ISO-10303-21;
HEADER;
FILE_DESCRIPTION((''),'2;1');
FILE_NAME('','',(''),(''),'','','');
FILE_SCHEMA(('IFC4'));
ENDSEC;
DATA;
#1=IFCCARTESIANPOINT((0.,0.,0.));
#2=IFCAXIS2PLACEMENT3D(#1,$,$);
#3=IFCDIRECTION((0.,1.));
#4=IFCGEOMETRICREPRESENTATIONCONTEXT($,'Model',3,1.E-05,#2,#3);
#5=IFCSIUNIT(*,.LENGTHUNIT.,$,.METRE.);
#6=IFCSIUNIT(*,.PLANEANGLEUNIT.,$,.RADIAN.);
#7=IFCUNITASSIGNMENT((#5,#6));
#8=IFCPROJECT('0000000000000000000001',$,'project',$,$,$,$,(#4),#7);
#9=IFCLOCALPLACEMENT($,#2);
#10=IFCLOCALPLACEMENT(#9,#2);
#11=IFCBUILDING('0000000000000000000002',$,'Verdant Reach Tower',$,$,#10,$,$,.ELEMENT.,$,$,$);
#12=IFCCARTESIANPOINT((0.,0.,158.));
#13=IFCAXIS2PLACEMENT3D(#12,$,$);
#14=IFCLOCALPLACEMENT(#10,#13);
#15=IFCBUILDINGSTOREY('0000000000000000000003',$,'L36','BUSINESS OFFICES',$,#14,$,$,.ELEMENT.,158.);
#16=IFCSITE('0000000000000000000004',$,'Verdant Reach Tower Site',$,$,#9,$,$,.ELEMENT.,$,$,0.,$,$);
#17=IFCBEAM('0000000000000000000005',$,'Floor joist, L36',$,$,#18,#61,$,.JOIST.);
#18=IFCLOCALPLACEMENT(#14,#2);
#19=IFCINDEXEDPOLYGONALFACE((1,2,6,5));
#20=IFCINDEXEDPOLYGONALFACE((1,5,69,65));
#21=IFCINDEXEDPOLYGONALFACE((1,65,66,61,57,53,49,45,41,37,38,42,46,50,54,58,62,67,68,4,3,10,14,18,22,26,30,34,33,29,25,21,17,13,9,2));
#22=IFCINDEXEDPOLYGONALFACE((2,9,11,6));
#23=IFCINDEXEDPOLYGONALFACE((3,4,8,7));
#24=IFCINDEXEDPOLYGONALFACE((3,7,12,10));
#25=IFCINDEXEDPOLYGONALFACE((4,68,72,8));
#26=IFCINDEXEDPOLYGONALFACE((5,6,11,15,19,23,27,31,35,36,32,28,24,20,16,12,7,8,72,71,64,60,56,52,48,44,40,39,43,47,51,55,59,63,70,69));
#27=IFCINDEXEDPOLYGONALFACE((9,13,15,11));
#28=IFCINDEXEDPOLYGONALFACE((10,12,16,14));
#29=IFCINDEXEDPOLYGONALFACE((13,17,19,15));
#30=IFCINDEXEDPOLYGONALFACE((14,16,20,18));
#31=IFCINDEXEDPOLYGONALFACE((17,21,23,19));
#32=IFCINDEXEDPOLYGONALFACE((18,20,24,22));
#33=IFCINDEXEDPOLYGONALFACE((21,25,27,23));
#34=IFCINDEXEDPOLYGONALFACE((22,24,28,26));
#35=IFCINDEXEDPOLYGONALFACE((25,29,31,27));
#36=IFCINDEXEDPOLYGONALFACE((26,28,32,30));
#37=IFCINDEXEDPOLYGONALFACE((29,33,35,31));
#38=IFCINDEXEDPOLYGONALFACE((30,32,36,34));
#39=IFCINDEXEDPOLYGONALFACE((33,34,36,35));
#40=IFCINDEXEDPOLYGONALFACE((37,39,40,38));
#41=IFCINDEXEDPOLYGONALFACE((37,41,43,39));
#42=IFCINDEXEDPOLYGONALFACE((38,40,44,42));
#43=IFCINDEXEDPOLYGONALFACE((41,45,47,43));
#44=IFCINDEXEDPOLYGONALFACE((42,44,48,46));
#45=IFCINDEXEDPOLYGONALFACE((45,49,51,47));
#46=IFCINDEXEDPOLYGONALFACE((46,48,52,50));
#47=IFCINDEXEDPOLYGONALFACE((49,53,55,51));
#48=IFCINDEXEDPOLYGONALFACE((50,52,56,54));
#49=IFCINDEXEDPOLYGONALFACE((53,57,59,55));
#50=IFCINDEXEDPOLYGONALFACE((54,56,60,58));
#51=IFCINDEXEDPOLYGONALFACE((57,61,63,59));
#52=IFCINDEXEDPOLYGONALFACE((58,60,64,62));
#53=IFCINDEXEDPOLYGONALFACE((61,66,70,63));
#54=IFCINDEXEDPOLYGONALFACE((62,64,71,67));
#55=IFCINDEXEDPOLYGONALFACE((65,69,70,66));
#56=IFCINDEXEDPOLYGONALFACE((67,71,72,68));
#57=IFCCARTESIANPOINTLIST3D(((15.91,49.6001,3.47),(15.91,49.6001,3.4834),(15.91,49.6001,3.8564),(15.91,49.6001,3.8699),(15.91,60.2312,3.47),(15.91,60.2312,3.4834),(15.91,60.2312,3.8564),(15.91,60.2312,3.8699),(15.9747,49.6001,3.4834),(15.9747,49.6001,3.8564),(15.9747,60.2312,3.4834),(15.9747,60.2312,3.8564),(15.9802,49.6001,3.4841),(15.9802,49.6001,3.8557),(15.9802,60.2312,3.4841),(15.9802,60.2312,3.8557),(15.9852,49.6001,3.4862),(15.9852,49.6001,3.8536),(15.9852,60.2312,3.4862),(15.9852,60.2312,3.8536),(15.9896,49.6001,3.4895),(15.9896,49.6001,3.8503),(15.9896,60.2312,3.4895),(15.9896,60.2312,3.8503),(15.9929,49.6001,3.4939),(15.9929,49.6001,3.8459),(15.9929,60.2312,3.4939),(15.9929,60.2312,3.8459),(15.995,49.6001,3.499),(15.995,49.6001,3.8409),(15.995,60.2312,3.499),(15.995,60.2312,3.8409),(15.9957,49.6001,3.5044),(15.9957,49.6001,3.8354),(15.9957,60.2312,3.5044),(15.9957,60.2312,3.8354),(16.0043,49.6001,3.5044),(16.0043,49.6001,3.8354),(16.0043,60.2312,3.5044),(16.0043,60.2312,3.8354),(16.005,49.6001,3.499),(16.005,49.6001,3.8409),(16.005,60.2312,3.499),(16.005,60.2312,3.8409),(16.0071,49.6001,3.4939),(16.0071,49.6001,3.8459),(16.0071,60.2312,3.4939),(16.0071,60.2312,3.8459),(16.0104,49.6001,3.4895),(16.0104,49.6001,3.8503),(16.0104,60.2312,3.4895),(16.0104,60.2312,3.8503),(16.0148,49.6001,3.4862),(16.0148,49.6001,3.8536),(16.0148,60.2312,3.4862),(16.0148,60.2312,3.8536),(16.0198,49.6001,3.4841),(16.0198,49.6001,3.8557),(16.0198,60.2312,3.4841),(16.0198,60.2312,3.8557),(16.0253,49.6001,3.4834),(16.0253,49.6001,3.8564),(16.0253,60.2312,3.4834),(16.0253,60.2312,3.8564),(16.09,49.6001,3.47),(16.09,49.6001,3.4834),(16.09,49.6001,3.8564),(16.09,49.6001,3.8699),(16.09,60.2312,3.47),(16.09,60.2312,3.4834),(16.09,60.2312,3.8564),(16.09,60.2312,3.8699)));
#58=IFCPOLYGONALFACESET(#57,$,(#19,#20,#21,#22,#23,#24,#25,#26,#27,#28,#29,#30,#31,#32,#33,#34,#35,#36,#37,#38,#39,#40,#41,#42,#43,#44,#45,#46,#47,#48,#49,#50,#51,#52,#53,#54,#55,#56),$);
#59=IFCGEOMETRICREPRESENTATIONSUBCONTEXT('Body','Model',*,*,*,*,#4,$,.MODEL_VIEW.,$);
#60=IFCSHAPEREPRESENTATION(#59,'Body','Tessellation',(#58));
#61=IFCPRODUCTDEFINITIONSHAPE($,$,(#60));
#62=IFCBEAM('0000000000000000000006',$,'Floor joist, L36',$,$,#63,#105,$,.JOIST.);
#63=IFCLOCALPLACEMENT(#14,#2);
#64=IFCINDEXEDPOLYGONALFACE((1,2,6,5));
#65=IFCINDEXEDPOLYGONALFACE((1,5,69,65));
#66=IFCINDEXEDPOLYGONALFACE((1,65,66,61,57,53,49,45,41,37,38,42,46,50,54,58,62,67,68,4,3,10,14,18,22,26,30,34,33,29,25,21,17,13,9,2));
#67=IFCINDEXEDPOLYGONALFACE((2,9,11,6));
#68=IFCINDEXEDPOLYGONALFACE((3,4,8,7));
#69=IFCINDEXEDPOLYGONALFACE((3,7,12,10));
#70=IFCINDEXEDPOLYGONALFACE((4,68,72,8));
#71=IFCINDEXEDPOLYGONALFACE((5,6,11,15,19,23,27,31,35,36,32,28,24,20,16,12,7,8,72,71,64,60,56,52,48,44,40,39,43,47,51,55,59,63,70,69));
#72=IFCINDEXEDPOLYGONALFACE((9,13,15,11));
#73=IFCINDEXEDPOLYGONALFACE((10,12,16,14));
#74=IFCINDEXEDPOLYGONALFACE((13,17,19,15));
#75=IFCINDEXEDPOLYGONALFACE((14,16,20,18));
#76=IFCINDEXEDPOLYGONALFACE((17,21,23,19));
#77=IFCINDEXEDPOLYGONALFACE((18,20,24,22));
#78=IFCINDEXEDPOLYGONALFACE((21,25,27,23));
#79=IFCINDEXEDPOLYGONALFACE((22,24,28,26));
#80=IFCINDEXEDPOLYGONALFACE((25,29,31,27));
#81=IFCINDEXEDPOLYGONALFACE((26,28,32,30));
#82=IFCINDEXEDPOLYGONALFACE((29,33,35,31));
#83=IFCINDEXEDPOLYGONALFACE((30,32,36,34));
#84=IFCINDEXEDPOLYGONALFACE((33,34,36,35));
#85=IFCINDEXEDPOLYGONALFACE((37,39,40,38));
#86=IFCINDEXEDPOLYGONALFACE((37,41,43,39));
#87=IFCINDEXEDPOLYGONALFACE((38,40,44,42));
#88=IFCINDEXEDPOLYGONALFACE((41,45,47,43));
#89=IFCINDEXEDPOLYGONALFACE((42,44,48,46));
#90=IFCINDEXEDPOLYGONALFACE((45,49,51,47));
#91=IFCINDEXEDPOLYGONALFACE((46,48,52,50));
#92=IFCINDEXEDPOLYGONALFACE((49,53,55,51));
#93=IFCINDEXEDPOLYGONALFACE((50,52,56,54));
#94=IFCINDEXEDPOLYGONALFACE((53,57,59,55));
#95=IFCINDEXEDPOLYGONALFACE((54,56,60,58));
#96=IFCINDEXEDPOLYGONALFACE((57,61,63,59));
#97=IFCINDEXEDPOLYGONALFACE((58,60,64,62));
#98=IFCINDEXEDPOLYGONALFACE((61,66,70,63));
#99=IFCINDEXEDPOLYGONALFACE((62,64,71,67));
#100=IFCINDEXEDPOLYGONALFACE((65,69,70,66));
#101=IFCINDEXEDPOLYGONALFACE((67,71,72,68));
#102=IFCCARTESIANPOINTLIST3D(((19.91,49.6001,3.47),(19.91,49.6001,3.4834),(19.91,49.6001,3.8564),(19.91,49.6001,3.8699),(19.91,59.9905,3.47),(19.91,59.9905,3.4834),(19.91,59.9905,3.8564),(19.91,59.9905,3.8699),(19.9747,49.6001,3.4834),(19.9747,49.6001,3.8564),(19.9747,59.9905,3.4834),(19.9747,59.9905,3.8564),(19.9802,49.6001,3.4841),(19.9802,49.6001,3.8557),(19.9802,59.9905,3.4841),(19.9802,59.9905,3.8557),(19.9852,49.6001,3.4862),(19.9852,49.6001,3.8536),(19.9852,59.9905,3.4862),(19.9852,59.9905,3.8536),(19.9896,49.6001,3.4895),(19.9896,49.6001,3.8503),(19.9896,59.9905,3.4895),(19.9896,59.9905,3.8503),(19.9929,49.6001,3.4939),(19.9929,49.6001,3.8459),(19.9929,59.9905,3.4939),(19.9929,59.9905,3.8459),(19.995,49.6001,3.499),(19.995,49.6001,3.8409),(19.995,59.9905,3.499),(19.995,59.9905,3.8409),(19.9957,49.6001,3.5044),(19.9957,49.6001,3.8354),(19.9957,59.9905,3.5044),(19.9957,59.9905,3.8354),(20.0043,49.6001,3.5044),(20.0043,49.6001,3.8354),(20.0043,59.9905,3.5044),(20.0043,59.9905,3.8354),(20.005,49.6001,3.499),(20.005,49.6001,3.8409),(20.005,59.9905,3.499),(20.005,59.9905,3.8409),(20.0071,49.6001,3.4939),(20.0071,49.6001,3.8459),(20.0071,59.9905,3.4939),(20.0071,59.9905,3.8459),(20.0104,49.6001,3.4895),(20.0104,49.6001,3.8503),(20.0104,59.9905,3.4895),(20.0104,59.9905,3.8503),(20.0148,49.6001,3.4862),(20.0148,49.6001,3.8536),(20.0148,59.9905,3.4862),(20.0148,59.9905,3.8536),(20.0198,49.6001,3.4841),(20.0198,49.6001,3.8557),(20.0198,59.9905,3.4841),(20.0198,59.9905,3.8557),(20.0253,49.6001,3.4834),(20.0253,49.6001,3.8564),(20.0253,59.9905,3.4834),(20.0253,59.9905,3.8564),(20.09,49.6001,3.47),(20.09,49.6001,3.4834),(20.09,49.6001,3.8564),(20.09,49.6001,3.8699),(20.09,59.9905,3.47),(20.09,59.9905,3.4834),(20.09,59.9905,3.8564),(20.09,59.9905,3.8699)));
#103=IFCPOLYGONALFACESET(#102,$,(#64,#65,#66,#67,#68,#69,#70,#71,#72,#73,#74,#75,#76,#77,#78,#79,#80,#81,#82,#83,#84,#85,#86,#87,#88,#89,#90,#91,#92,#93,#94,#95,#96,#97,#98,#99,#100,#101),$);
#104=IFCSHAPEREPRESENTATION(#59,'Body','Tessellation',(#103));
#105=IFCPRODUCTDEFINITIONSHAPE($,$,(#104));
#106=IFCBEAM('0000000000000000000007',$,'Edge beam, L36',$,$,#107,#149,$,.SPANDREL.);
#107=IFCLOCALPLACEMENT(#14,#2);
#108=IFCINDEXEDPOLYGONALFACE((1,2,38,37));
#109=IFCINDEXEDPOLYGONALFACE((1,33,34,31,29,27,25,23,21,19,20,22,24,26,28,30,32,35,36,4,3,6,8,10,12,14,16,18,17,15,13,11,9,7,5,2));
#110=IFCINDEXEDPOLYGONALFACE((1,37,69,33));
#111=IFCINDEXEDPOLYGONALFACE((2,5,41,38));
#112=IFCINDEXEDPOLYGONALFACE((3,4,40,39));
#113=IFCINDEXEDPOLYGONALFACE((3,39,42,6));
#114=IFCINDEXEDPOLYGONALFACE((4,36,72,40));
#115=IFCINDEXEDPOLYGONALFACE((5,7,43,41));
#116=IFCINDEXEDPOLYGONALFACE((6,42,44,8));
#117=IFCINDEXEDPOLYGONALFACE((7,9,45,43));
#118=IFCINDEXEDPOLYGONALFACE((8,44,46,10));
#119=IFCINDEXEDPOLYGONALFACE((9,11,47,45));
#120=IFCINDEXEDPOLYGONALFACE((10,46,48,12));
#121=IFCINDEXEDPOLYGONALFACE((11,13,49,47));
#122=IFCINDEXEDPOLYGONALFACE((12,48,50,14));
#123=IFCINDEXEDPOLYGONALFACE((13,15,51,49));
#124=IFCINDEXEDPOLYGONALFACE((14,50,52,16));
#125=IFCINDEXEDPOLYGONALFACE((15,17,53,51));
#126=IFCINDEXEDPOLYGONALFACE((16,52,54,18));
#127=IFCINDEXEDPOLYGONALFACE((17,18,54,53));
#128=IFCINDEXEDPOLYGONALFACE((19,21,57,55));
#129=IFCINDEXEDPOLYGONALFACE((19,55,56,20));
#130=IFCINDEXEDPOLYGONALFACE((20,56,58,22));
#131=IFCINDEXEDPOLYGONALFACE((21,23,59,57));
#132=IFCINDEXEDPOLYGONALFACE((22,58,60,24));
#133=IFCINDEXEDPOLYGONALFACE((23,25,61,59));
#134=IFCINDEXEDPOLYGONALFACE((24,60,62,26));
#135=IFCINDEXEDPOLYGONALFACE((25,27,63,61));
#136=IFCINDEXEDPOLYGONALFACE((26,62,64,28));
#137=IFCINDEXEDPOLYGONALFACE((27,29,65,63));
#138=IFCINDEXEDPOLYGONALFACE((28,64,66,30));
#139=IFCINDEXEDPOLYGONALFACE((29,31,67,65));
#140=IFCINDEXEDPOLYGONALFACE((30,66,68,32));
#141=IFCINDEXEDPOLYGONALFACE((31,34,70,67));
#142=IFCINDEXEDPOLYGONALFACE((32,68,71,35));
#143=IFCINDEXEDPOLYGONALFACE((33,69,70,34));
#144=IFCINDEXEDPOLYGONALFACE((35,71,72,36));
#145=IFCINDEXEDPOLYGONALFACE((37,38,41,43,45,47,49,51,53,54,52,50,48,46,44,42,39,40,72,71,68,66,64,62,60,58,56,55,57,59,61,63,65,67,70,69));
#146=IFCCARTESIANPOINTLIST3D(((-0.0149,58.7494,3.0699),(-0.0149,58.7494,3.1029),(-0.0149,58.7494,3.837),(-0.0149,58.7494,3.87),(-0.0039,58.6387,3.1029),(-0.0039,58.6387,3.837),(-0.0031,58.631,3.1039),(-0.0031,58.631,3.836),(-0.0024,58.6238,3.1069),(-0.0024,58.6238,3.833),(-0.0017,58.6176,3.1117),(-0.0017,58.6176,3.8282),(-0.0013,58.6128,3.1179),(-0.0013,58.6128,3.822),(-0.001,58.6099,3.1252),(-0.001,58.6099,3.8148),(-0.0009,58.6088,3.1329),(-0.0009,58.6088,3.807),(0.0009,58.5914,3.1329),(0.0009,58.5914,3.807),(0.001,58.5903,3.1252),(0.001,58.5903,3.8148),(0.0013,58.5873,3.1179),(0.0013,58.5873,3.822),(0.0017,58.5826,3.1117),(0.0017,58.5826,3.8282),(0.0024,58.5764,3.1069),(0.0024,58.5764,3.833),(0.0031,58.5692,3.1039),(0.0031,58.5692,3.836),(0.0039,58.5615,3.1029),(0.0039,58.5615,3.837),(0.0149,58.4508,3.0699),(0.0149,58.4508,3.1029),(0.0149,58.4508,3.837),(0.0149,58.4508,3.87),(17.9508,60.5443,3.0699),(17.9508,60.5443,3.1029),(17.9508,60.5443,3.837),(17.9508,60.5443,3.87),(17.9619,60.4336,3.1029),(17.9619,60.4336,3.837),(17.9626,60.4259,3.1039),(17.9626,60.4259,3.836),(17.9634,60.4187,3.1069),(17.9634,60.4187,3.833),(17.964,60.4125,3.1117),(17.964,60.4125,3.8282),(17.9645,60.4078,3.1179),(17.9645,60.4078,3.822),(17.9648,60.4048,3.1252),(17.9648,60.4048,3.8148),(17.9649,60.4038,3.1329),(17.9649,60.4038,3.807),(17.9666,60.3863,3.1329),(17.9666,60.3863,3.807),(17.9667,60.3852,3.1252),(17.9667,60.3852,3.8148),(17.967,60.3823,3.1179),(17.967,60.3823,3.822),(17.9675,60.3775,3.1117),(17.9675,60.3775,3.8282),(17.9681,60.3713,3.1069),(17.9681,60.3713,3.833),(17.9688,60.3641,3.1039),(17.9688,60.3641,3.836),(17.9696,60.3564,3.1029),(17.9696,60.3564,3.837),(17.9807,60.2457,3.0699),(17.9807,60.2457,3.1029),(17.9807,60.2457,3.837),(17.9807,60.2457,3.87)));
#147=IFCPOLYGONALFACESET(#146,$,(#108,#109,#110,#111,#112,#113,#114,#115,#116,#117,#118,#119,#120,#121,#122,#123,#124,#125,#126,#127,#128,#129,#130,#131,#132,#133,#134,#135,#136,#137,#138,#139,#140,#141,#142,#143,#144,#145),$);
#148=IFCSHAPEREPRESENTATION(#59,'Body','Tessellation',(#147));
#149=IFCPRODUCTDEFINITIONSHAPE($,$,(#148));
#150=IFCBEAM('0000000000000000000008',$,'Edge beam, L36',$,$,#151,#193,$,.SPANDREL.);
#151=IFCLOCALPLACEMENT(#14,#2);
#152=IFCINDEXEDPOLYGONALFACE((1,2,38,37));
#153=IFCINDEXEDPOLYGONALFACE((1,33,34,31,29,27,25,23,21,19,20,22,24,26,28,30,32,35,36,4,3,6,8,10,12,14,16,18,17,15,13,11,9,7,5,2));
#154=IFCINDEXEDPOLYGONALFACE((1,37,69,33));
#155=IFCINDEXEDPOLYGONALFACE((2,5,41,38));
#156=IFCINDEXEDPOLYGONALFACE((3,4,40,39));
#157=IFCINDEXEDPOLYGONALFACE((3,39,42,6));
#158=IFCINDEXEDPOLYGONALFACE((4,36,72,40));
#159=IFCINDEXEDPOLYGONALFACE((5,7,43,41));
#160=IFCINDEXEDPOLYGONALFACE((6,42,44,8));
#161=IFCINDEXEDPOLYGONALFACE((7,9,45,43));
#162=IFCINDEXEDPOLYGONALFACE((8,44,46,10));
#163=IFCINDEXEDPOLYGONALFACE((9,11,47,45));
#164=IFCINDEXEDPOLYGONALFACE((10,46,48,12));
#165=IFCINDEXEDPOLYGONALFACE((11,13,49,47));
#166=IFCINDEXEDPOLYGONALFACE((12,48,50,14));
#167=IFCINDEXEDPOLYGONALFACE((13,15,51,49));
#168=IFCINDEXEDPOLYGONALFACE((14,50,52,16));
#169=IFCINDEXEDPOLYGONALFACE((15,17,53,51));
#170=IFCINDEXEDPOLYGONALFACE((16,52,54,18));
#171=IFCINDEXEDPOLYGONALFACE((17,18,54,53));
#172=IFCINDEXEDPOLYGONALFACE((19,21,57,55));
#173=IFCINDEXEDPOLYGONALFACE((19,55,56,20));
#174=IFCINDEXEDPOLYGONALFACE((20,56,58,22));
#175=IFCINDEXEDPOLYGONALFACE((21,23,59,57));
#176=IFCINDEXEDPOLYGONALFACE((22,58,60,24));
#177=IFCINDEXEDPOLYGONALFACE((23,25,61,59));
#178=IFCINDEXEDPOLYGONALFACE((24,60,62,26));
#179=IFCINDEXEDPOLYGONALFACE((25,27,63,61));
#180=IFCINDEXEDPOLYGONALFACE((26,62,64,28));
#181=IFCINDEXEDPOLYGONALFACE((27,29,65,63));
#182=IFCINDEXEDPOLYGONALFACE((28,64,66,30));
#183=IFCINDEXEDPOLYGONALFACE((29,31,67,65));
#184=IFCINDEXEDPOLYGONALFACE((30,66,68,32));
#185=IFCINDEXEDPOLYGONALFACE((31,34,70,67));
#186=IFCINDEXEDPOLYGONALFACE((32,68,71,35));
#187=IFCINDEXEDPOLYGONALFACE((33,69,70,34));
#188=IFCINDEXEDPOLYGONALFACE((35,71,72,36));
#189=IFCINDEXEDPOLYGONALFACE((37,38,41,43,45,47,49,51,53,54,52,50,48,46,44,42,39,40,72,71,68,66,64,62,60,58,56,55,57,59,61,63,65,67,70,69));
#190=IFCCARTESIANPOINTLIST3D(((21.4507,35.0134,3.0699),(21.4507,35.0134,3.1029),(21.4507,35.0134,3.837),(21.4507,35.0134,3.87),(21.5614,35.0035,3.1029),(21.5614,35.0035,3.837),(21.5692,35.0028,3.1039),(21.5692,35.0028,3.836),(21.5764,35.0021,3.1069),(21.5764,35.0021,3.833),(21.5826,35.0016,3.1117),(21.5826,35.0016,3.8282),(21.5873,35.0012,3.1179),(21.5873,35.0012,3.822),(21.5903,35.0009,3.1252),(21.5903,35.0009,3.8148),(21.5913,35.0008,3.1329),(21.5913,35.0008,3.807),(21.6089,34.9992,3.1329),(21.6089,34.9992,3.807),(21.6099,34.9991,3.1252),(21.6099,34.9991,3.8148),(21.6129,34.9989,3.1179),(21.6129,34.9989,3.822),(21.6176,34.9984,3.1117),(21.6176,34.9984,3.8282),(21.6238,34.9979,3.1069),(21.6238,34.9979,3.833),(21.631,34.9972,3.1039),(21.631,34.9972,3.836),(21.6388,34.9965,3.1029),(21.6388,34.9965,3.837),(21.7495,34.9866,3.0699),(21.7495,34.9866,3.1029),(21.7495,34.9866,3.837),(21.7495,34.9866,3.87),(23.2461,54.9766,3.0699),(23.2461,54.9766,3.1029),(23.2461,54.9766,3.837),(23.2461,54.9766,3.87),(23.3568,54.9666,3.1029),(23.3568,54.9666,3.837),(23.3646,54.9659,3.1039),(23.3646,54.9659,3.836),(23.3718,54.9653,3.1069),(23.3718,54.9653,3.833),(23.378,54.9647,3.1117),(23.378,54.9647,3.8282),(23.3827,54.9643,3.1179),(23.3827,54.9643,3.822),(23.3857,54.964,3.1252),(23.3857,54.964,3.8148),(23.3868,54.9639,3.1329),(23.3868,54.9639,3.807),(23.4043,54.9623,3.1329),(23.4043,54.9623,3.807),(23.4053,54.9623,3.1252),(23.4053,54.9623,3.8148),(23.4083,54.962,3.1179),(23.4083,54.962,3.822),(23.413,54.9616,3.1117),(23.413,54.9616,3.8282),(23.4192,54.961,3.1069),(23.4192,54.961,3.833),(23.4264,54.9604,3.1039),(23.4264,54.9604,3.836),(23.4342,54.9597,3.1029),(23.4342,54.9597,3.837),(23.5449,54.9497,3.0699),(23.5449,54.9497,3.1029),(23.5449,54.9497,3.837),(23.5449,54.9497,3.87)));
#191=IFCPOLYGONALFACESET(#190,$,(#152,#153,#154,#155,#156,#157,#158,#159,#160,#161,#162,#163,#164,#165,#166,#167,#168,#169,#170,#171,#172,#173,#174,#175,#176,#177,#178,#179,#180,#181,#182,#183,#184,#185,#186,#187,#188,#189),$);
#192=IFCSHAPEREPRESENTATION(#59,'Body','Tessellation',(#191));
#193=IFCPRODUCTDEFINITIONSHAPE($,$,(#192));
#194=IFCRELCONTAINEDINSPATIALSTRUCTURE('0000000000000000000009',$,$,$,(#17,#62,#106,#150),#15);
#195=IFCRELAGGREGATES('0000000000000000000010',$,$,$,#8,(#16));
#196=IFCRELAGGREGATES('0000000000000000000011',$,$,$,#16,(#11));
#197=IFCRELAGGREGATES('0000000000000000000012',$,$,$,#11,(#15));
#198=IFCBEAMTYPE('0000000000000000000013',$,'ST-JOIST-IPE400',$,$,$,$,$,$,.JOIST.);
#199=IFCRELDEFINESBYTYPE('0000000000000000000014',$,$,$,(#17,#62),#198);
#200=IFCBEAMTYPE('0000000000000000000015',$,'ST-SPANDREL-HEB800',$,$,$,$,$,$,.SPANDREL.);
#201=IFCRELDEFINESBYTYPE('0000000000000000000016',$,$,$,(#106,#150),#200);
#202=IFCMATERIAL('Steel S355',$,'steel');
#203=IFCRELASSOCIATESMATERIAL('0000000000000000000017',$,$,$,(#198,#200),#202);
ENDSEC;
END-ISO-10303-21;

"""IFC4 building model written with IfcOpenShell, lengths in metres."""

from ifc_helpers import new_model, si_unit, direction, frame, origin, origin_2d, place, context, subcontext, project, spatial, i_section, extrude, material, material_profile, profile_set, type_object, element, save


model = new_model("IFC4")

# Units and contexts
model_context = context("Model", 3, precision=1e-05, world=origin(), true_north=direction((0.0, 1.0)))
body_context = subcontext(model_context, "Body", "Model", "MODEL_VIEW")
ifc_project = project(units=[si_unit("LENGTHUNIT", "METRE"), si_unit("PLANEANGLEUNIT", "RADIAN")], contexts=[model_context])

# Site, building, storey
site_placement = place(None, origin())
site = spatial("IfcSite", under=ifc_project, at=site_placement, Name="Verdant Reach Tower Site", CompositionType="ELEMENT", RefElevation=0.0)
building_placement = place(site_placement, origin())
building = spatial("IfcBuilding", under=site, at=building_placement, Name="Verdant Reach Tower", CompositionType="ELEMENT")
storey_placement = place(building_placement, frame((0.0, 0.0, 158.0)))
storey = spatial("IfcBuildingStorey", under=building, at=storey_placement, Name="L36", Description="BUSINESS OFFICES", CompositionType="ELEMENT", Elevation=158.0)

# Beams
ifc_material_1 = material(Name="Steel S355", Category="steel")
ifc_material_profile_1 = material_profile(ifc_material_1, i_section(OverallWidth=0.1799, OverallDepth=0.3999, WebThickness=0.0085, FlangeThickness=0.0134, FilletRadius=0.021, at=origin_2d()), Name="IPE 400")
ifc_profile_set_1 = profile_set([ifc_material_profile_1], Name="Steel S355")
beam_type_1 = type_object("IfcBeamType", Name="ST-JOIST-IPE400", PredefinedType="JOIST", material=ifc_profile_set_1)
beam_1_placement = place(storey_placement, frame((16.0, 49.6001, 3.6699), z_axis=(0.0, 1.0, 0.0), x_axis=(-1.0, 0.0, 0.0)))
element("IfcBeam", 1, at=beam_1_placement, inside=storey, type_object=beam_type_1, Name="Floor joist, L36", PredefinedType="JOIST", context=body_context, shape_type="SweptSolid", body=[
    extrude(i_section(OverallWidth=0.1799, OverallDepth=0.3999, WebThickness=0.0085, FlangeThickness=0.0134, FilletRadius=0.021, at=origin_2d()), origin(), (0.0, 0.0, 1.0), 10.6311),
])
beam_2_placement = place(storey_placement, frame((20.0, 49.6001, 3.6699), z_axis=(0.0, 1.0, 0.0), x_axis=(-1.0, 0.0, 0.0)))
element("IfcBeam", 2, at=beam_2_placement, inside=storey, type_object=beam_type_1, Name="Floor joist, L36", PredefinedType="JOIST", context=body_context, shape_type="SweptSolid", body=[
    extrude(i_section(OverallWidth=0.1799, OverallDepth=0.3999, WebThickness=0.0085, FlangeThickness=0.0134, FilletRadius=0.021, at=origin_2d()), origin(), (0.0, 0.0, 1.0), 10.3904),
])
ifc_material_profile_2 = material_profile(ifc_material_1, i_section(OverallWidth=0.3, OverallDepth=0.8, WebThickness=0.0176, FlangeThickness=0.033, FilletRadius=0.03, at=origin_2d()), Name="HEB 800")
ifc_profile_set_2 = profile_set([ifc_material_profile_2], Name="Steel S355")
beam_type_2 = type_object("IfcBeamType", Name="ST-SPANDREL-HEB800", PredefinedType="SPANDREL", material=ifc_profile_set_2)
beam_3_placement = place(storey_placement, frame((0.0, 58.6001, 3.47), z_axis=(0.995046, 0.099413, 0.0), x_axis=(-0.099413, 0.995046, 0.0)))
element("IfcBeam", 3, at=beam_3_placement, inside=storey, type_object=beam_type_2, Name="Edge beam, L36", PredefinedType="SPANDREL", context=body_context, shape_type="SweptSolid", body=[
    extrude(i_section(OverallWidth=0.3, OverallDepth=0.8, WebThickness=0.0176, FlangeThickness=0.033, FilletRadius=0.03, at=origin_2d()), origin(), (0.0, 0.0, 1.0), 18.0552),
])
beam_4_placement = place(storey_placement, frame((23.3955, 54.9631, 3.47), z_axis=(-0.089575, -0.99598, 0.0), x_axis=(0.99598, -0.089575, 0.0)))
element("IfcBeam", 4, at=beam_4_placement, inside=storey, type_object=beam_type_2, Name="Edge beam, L36", PredefinedType="SPANDREL", context=body_context, shape_type="SweptSolid", body=[
    extrude(i_section(OverallWidth=0.3, OverallDepth=0.8, WebThickness=0.0176, FlangeThickness=0.033, FilletRadius=0.03, at=origin_2d()), origin(), (0.0, 0.0, 1.0), 20.0437),
])

save(model, "model.ifc")
